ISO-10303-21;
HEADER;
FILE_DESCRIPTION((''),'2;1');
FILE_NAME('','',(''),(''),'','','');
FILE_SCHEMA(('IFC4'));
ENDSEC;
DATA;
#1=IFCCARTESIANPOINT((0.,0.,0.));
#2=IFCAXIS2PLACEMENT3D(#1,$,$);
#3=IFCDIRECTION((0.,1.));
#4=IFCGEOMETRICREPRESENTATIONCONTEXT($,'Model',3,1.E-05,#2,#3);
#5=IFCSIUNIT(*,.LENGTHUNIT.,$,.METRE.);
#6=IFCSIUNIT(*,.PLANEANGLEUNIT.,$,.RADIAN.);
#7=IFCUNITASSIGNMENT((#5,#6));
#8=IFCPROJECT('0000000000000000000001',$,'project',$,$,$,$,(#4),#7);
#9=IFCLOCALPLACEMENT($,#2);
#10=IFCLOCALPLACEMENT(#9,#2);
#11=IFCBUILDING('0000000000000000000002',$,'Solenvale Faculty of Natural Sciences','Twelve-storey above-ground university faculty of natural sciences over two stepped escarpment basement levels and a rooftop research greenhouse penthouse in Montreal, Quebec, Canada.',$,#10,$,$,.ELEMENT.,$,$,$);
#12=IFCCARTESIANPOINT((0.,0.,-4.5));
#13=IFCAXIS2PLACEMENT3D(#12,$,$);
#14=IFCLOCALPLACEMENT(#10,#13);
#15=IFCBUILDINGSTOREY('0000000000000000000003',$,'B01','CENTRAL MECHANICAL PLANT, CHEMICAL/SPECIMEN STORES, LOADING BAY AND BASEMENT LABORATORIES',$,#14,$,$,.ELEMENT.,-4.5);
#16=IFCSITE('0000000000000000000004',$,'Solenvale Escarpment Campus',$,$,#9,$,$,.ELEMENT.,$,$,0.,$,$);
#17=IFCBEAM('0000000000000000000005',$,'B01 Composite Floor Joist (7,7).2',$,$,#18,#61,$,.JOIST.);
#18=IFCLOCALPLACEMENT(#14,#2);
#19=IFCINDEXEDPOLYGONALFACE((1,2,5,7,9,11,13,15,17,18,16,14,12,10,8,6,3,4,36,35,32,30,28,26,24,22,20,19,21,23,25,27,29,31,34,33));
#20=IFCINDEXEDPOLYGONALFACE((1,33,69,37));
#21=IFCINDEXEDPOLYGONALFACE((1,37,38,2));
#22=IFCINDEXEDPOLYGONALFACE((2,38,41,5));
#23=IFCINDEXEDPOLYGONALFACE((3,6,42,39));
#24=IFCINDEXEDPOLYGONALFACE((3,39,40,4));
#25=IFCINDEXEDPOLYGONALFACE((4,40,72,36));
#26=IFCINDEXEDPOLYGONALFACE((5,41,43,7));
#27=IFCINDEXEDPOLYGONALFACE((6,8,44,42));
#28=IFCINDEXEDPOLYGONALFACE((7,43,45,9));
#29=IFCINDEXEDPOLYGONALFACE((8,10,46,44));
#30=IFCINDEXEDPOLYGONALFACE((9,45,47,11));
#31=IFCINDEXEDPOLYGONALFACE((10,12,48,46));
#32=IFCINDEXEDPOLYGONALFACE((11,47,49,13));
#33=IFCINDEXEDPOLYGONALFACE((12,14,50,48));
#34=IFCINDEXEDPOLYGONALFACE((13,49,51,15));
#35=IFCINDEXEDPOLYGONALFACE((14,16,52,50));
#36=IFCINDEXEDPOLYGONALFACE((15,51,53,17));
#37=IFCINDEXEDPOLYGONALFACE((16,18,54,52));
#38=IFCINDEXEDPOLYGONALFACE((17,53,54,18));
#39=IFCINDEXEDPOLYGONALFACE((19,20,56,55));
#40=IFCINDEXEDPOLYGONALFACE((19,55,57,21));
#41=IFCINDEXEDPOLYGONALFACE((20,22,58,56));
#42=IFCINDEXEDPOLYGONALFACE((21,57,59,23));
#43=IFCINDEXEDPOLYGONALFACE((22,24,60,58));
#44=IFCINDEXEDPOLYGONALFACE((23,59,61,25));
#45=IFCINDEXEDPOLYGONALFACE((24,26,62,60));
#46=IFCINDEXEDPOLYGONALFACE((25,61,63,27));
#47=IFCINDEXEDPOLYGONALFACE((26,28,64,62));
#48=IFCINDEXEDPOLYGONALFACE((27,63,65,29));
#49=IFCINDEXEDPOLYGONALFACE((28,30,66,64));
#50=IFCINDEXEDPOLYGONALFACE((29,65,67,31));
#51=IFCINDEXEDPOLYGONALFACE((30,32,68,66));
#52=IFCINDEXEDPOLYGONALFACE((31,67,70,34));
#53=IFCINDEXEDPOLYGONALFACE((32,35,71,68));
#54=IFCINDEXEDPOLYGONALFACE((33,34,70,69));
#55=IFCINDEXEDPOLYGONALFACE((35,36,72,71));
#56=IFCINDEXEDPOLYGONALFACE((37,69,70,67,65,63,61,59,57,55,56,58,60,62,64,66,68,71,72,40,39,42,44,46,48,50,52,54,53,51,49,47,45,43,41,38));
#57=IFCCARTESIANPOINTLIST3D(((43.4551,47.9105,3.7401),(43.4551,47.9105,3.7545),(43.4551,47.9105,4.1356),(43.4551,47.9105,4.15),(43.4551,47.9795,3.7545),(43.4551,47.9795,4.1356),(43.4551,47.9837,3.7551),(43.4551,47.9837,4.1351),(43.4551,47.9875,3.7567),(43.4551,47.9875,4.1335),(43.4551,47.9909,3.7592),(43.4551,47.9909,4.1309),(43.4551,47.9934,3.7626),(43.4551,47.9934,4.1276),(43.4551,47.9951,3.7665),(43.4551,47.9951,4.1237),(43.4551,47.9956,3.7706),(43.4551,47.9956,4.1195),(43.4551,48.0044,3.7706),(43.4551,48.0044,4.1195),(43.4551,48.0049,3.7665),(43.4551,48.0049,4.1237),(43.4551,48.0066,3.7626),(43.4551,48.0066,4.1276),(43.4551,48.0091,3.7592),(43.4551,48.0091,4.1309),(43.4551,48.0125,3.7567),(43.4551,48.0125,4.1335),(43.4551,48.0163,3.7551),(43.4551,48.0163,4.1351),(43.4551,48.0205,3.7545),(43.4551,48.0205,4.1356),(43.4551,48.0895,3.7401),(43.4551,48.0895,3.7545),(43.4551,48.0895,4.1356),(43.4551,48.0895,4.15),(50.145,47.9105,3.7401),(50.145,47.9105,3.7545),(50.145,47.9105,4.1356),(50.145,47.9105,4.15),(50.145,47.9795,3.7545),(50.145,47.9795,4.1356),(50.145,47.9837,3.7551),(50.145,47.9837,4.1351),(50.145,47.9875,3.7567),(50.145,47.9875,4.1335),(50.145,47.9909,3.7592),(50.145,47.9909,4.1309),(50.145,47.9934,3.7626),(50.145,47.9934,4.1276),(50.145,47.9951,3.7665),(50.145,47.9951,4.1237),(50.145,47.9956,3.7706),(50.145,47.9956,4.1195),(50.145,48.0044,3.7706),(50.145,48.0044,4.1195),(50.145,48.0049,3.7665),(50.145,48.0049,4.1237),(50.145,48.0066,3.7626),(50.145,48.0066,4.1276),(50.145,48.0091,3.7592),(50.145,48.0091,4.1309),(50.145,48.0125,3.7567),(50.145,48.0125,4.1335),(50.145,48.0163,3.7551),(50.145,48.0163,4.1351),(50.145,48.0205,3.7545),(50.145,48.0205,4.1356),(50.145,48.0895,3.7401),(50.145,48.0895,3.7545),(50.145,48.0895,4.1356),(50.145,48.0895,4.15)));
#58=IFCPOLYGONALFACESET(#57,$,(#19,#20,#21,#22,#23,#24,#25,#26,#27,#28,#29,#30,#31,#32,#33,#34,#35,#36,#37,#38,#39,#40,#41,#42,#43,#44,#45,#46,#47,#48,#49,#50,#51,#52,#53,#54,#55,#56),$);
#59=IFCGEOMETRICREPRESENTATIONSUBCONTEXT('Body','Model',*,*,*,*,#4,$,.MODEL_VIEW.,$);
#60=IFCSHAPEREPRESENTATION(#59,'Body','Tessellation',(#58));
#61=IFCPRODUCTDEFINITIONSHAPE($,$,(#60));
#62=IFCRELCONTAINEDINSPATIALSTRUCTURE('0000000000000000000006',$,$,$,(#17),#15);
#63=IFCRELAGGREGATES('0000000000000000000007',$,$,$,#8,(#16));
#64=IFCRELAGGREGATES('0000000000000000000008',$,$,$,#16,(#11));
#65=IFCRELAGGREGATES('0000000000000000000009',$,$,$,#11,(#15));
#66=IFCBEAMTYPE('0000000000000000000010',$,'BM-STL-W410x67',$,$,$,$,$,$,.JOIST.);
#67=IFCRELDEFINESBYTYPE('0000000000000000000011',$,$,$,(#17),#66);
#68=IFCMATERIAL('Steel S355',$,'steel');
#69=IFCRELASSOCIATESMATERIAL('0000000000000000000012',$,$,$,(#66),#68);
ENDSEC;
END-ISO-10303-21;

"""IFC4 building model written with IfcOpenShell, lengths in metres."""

from ifc_helpers import new_model, si_unit, direction, frame, origin, origin_2d, place, context, subcontext, project, spatial, i_section, extrude, material, material_profile, profile_set, type_object, element, save


model = new_model("IFC4")

# Units and contexts
model_context = context("Model", 3, precision=1e-05, world=origin(), true_north=direction((0.0, 1.0)))
body_context = subcontext(model_context, "Body", "Model", "MODEL_VIEW")
ifc_project = project(units=[si_unit("LENGTHUNIT", "METRE"), si_unit("PLANEANGLEUNIT", "RADIAN")], contexts=[model_context])

# Site, building, storey
site_placement = place(None, origin())
site = spatial("IfcSite", under=ifc_project, at=site_placement, Name="Solenvale Escarpment Campus", CompositionType="ELEMENT", RefElevation=0.0)
building_placement = place(site_placement, origin())
building = spatial("IfcBuilding", under=site, at=building_placement, Name="Solenvale Faculty of Natural Sciences", Description="Twelve-storey above-ground university faculty of natural sciences over two stepped escarpment basement levels and a rooftop research greenhouse penthouse in Montreal, Quebec, Canada.", CompositionType="ELEMENT")
storey_placement = place(building_placement, frame((0.0, 0.0, -4.5)))
storey = spatial("IfcBuildingStorey", under=building, at=storey_placement, Name="B01", Description="CENTRAL MECHANICAL PLANT, CHEMICAL/SPECIMEN STORES, LOADING BAY AND BASEMENT LABORATORIES", CompositionType="ELEMENT", Elevation=-4.5)

# Beam
ifc_material_1 = material(Name="Steel S355", Category="steel")
ifc_material_profile_1 = material_profile(ifc_material_1, i_section(OverallWidth=0.179, OverallDepth=0.4099, WebThickness=0.0088, FlangeThickness=0.0144, FilletRadius=0.0161, at=origin_2d()), Name="W410x67")
ifc_profile_set_1 = profile_set([ifc_material_profile_1], Name="Steel S355")
beam_type_1 = type_object("IfcBeamType", Name="BM-STL-W410x67", PredefinedType="JOIST", material=ifc_profile_set_1)
for number, where, z_axis, x_axis, name in (
    (1, (43.4551, 48.0, 3.9451), (1.0, 0.0, 0.0), (0.0, 1.0, 0.0), "B01 Composite Floor Joist (7,7).2"),
):
    element("IfcBeam", number, at=place(storey_placement, frame(where, z_axis=z_axis, x_axis=x_axis)), inside=storey, type_object=beam_type_1, Name=name, PredefinedType="JOIST", context=body_context, shape_type="SweptSolid", body=[
        extrude(i_section(OverallWidth=0.179, OverallDepth=0.4099, WebThickness=0.0088, FlangeThickness=0.0144, FilletRadius=0.0161, at=origin_2d()), origin(), (0.0, 0.0, 1.0), 6.6899),
    ])

save(model, "model.ifc")
